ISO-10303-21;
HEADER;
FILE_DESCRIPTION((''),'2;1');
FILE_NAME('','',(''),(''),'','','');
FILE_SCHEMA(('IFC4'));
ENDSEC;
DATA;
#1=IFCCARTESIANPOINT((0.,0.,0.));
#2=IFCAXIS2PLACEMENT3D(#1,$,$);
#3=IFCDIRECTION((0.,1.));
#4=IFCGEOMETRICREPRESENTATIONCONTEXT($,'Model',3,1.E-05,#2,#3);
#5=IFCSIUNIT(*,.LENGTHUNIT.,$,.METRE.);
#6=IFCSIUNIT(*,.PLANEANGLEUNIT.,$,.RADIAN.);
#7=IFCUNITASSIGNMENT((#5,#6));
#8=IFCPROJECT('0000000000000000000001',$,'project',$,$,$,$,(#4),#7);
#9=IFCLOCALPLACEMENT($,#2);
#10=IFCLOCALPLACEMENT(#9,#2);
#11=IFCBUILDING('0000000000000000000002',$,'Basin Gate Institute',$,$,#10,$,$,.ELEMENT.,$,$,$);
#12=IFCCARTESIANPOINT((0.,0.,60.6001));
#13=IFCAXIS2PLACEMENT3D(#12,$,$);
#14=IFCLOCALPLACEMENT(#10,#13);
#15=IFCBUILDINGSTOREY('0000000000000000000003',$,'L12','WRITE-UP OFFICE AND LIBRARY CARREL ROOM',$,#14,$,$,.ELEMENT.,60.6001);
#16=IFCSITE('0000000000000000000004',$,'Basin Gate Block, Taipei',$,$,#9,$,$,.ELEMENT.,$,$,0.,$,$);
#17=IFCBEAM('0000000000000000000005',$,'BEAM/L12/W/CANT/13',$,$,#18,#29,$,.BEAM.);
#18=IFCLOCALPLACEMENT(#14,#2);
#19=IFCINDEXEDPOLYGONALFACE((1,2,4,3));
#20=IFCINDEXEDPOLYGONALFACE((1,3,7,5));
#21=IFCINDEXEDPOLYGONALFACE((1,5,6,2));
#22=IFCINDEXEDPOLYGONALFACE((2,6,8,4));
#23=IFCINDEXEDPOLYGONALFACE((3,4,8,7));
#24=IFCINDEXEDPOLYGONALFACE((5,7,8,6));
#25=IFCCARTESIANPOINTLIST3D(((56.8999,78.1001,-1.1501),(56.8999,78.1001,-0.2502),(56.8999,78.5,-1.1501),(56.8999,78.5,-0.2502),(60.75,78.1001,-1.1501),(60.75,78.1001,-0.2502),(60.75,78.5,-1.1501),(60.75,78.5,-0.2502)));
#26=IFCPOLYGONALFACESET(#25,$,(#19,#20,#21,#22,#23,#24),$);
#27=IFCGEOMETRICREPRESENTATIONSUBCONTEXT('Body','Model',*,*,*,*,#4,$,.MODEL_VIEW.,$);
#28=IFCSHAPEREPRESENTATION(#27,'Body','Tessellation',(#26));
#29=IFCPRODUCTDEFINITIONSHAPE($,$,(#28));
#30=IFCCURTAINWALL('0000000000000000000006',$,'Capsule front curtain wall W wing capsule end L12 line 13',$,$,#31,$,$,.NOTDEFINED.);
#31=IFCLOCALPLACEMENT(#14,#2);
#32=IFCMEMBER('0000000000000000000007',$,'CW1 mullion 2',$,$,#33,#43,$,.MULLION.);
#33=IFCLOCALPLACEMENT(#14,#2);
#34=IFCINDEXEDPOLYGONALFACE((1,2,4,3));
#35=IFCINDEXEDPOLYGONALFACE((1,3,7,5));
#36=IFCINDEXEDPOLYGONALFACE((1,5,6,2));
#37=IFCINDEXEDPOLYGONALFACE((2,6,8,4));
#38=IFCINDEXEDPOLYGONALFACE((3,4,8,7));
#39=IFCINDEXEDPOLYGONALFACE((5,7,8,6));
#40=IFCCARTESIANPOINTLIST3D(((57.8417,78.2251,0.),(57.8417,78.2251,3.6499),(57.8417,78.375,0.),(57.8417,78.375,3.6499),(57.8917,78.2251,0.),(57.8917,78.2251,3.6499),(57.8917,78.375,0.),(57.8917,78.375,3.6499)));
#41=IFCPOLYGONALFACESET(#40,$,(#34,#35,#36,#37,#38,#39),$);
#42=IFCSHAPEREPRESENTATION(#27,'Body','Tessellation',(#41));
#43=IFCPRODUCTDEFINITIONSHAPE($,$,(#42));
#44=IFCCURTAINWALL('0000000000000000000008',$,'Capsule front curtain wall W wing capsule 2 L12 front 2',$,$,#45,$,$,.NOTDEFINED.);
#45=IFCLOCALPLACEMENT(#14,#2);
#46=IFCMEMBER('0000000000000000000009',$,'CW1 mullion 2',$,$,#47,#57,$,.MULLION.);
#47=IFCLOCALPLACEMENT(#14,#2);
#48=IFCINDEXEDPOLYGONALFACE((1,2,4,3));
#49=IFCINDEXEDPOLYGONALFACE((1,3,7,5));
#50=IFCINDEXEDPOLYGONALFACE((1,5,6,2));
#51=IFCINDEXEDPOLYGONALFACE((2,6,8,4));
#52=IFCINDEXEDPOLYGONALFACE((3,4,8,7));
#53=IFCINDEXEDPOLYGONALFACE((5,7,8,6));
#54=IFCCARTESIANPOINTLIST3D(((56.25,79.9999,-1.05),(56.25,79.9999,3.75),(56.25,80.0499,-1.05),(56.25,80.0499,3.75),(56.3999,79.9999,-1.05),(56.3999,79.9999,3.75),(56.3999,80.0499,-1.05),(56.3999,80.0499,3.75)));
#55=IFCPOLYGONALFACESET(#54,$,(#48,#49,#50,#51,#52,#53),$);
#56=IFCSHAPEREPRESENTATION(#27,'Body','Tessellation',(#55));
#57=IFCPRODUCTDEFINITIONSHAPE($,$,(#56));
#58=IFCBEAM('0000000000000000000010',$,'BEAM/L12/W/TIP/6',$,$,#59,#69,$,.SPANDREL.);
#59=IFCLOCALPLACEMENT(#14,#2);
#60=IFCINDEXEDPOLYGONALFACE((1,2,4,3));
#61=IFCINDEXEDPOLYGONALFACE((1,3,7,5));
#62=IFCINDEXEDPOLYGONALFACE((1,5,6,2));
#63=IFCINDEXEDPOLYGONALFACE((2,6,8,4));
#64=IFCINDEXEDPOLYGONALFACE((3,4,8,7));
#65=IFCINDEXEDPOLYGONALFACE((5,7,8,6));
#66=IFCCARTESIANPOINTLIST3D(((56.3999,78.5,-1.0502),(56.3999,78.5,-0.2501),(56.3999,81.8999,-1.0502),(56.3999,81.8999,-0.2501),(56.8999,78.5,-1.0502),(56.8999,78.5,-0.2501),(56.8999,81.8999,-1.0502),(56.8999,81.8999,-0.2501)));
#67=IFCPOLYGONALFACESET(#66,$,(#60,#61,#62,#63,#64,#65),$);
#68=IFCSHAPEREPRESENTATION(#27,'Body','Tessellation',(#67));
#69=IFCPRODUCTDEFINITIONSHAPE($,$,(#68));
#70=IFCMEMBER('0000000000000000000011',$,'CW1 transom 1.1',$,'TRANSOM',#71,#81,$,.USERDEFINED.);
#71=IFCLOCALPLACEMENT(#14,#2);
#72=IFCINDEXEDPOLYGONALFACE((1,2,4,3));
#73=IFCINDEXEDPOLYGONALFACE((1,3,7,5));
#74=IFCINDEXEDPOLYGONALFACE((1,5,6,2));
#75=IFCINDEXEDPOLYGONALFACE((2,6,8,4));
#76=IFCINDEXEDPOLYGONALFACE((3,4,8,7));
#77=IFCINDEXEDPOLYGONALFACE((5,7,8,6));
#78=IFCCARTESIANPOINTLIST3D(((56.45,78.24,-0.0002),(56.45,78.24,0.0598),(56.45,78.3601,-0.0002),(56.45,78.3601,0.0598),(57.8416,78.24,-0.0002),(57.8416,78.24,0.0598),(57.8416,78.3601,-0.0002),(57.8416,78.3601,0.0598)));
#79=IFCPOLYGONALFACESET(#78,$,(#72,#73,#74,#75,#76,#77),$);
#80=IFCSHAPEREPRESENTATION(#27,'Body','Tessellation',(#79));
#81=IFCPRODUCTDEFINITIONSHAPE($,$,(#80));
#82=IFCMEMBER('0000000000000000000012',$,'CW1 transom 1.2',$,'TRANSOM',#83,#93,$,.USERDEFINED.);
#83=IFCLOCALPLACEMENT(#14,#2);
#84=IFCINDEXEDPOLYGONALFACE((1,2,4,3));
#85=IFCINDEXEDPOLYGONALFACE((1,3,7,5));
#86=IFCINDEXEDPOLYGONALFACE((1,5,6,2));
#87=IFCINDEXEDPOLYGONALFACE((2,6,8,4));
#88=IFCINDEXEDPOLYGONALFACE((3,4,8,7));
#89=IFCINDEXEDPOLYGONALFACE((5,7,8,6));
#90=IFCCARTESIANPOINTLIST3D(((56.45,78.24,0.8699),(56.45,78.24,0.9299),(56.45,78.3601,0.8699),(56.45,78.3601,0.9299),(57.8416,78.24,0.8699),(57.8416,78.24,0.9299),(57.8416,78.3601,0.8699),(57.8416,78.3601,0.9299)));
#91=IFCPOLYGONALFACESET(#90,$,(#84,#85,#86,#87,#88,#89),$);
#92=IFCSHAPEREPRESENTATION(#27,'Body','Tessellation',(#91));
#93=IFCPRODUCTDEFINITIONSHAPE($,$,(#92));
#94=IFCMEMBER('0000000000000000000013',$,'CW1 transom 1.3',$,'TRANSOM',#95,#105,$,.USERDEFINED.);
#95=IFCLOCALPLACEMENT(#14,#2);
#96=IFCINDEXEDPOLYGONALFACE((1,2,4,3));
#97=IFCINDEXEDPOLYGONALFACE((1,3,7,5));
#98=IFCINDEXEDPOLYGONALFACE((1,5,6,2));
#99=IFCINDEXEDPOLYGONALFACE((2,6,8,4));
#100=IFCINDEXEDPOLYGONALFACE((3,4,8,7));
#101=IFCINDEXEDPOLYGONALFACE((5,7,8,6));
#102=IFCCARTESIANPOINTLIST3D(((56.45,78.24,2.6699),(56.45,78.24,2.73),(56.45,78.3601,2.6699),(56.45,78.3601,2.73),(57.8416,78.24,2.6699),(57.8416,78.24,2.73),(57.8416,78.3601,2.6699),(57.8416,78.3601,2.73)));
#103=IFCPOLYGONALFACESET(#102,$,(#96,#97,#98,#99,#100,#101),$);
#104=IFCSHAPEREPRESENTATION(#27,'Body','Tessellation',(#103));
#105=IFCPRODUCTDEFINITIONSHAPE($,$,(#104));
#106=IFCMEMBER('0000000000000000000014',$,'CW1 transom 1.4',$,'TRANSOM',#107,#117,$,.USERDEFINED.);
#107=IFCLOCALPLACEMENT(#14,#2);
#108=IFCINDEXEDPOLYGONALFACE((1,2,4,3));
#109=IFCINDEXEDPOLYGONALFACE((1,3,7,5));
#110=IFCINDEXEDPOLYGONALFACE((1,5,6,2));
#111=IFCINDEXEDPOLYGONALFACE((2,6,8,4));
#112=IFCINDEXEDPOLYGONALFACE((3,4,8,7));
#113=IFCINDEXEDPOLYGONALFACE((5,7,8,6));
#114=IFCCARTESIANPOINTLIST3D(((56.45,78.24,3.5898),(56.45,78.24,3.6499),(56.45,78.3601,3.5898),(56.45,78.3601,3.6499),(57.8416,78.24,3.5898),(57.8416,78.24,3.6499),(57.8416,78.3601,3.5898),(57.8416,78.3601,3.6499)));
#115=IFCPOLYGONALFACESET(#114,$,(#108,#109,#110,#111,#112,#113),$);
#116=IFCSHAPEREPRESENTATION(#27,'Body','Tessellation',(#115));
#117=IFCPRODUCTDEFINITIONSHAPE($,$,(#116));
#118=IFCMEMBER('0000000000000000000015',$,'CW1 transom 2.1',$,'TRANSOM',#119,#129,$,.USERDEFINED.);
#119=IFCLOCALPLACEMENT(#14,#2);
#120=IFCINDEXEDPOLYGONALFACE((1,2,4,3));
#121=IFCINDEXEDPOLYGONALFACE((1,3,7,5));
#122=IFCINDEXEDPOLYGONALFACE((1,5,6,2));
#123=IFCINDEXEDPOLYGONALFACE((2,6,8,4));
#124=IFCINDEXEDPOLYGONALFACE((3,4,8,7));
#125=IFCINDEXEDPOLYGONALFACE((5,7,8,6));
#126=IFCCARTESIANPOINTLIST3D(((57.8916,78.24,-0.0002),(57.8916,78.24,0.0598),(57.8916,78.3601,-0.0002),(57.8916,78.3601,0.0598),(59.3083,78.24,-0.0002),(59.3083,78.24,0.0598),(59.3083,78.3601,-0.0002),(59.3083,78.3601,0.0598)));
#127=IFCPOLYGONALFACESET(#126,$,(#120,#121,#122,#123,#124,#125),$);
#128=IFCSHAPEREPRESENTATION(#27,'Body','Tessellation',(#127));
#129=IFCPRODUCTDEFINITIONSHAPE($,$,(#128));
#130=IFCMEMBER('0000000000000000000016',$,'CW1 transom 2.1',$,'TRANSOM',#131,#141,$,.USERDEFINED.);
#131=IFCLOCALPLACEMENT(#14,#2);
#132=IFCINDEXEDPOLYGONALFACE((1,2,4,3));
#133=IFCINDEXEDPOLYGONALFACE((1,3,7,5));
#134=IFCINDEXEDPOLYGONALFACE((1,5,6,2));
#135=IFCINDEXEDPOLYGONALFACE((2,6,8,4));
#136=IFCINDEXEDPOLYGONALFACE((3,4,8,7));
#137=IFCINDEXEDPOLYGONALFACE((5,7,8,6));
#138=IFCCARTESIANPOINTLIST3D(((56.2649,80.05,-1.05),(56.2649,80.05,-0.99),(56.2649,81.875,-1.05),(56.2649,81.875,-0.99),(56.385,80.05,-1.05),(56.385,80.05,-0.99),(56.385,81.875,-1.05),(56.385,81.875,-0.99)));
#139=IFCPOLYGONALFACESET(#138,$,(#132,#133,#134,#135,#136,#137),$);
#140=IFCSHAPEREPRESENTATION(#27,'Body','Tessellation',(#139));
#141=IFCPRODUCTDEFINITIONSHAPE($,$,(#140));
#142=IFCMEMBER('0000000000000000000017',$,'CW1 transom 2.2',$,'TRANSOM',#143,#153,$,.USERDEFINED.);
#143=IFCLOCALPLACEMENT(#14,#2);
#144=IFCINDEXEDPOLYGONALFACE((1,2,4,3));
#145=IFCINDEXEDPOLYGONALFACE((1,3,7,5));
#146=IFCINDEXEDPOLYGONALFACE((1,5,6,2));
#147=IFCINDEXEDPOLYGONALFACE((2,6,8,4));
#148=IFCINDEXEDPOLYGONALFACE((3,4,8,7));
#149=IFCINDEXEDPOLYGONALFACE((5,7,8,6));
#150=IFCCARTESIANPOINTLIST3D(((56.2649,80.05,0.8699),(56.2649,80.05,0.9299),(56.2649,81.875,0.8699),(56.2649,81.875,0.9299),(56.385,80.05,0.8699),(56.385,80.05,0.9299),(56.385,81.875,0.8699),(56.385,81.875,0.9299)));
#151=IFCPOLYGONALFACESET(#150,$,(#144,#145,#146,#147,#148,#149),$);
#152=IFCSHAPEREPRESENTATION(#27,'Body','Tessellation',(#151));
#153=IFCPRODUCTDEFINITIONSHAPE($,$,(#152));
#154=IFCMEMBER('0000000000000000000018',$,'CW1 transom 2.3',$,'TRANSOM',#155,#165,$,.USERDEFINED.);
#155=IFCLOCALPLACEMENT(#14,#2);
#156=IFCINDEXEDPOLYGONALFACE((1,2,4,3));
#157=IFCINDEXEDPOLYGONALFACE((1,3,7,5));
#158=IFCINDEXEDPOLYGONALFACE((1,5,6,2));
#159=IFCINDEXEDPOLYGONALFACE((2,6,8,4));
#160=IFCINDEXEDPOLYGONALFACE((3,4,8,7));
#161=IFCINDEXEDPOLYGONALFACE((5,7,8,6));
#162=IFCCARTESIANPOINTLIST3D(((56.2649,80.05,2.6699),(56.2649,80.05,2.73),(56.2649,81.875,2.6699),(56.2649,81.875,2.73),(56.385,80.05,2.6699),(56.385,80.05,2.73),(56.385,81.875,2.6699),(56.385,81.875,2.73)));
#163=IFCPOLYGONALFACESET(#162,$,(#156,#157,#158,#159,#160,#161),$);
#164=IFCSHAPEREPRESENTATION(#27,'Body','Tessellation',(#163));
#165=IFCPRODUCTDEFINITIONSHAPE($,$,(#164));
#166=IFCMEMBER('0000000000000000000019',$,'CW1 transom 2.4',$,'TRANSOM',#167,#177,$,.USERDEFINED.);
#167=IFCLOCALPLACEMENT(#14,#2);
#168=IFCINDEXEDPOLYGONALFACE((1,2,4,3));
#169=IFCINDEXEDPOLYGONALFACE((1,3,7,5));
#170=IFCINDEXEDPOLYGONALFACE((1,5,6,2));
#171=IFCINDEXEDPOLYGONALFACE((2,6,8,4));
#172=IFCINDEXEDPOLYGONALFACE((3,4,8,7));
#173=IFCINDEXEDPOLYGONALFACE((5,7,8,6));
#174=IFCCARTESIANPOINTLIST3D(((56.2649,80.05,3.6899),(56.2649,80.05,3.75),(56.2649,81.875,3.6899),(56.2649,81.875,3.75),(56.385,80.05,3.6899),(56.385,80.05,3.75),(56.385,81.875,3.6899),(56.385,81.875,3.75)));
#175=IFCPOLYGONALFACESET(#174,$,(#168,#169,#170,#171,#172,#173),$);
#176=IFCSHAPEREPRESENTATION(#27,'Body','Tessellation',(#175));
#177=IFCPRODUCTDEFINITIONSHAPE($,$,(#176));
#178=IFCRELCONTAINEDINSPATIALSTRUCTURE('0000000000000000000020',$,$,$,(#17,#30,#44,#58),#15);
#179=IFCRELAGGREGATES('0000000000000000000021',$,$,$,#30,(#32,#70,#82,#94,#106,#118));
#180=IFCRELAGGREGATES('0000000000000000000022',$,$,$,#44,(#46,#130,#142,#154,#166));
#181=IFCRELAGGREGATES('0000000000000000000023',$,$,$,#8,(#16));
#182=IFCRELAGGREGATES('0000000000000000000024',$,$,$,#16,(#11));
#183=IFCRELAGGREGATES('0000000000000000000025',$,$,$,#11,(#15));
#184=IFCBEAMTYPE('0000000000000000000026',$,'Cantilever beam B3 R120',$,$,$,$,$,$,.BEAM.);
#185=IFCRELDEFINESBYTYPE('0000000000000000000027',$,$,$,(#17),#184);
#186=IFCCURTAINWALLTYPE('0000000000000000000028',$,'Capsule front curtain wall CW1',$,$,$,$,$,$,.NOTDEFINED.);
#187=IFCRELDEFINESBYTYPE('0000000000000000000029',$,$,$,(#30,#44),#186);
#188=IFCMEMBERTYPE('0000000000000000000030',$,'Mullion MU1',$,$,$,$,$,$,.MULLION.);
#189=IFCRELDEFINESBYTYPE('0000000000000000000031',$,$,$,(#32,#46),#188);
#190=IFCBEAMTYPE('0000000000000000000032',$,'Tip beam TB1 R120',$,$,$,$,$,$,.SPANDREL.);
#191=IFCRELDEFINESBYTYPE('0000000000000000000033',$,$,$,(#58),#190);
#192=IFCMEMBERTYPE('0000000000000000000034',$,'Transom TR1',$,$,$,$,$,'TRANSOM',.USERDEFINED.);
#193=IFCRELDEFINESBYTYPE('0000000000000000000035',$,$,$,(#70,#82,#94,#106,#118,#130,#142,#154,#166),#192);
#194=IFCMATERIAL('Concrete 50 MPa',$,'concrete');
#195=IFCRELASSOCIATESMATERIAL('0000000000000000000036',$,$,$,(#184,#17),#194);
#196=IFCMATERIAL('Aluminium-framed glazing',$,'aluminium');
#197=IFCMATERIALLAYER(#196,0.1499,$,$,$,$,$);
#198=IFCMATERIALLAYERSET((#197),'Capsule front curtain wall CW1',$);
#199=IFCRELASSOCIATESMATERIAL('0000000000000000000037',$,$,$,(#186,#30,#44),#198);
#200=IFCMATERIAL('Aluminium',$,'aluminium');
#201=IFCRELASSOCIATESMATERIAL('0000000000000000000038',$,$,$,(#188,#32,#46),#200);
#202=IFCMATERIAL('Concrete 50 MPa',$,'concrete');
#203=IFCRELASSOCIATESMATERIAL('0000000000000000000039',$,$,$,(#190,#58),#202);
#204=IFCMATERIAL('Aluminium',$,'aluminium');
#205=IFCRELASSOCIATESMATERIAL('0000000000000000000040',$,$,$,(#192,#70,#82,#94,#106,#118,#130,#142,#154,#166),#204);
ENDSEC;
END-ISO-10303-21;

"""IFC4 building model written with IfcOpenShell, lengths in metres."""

from ifc_helpers import new_model, si_unit, direction, frame, origin, origin_2d, place, context, subcontext, project, spatial, rectangle, extrude, material, layer, layer_set, material_profile, profile_set, type_object, element, aggregate, save


model = new_model("IFC4")

# Units and contexts
model_context = context("Model", 3, precision=1e-05, world=origin(), true_north=direction((0.0, 1.0)))
body_context = subcontext(model_context, "Body", "Model", "MODEL_VIEW")
ifc_project = project(units=[si_unit("LENGTHUNIT", "METRE"), si_unit("PLANEANGLEUNIT", "RADIAN")], contexts=[model_context])

# Site, building, storey
site_placement = place(None, origin())
site = spatial("IfcSite", under=ifc_project, at=site_placement, Name="Basin Gate Block, Taipei", CompositionType="ELEMENT", RefElevation=0.0)
building_placement = place(site_placement, origin())
building = spatial("IfcBuilding", under=site, at=building_placement, Name="Basin Gate Institute", CompositionType="ELEMENT")
storey_placement = place(building_placement, frame((0.0, 0.0, 60.6001)))
storey = spatial("IfcBuildingStorey", under=building, at=storey_placement, Name="L12", Description="WRITE-UP OFFICE AND LIBRARY CARREL ROOM", CompositionType="ELEMENT", Elevation=60.6001)

# Beam
ifc_material_1 = material(Name="Concrete 50 MPa", Category="concrete")
ifc_material_profile_1 = material_profile(ifc_material_1, rectangle(XDim=0.3999, YDim=0.8999, at=origin_2d()), Name="Cantilever beam B3 400 x 900")
ifc_profile_set_1 = profile_set([ifc_material_profile_1], Name="Concrete 50 MPa")
beam_type_1 = type_object("IfcBeamType", Name="Cantilever beam B3 R120", PredefinedType="BEAM", material=ifc_profile_set_1)
beam_1_placement = place(storey_placement, frame((56.8999, 78.3, -0.7002), z_axis=(1.0, 0.0, 0.0), x_axis=(0.0, 1.0, 0.0)))
element("IfcBeam", 1, at=beam_1_placement, inside=storey, type_object=beam_type_1, material=ifc_profile_set_1, Name="BEAM/L12/W/CANT/13", PredefinedType="BEAM", context=body_context, shape_type="SweptSolid", body=[
    extrude(rectangle(XDim=0.3999, YDim=0.8999, at=origin_2d()), origin(), (0.0, 0.0, 1.0), 3.8501),
])

# Curtain walls, members
ifc_material_2 = material(Name="Aluminium-framed glazing", Category="aluminium")
ifc_layer_1 = layer(ifc_material_2, 0.1499)
ifc_layer_set_1 = layer_set([ifc_layer_1], Name="Capsule front curtain wall CW1")
curtain_wall_type = type_object("IfcCurtainWallType", Name="Capsule front curtain wall CW1", PredefinedType="NOTDEFINED", material=ifc_layer_set_1)
curtain_wall_1_placement = place(storey_placement, origin())
curtain_wall_1 = element("IfcCurtainWall", 2, at=curtain_wall_1_placement, inside=storey, type_object=curtain_wall_type, material=ifc_layer_set_1, Name="Capsule front curtain wall W wing capsule end L12 line 13", PredefinedType="NOTDEFINED")
ifc_material_3 = material(Name="Aluminium", Category="aluminium")
ifc_material_profile_2 = material_profile(ifc_material_3, rectangle(XDim=0.1499, YDim=0.05, at=origin_2d()), Name="Mullion MU1 150 x 50")
ifc_profile_set_2 = profile_set([ifc_material_profile_2], Name="Aluminium")
member_type_1 = type_object("IfcMemberType", Name="Mullion MU1", PredefinedType="MULLION", material=ifc_profile_set_2)
member_1_placement = place(storey_placement, frame((57.8667, 78.3, 0.0), z_axis=(0.0, 0.0, 1.0), x_axis=(0.0, 1.0, 0.0)))
member_1 = element("IfcMember", 3, at=member_1_placement, type_object=member_type_1, material=ifc_profile_set_2, Name="CW1 mullion 2", PredefinedType="MULLION", context=body_context, shape_type="SweptSolid", body=[
    extrude(rectangle(XDim=0.1499, YDim=0.05, at=origin_2d()), origin(), (0.0, 0.0, 1.0), 3.6499),
])
curtain_wall_2_placement = place(storey_placement, origin())
curtain_wall_2 = element("IfcCurtainWall", 4, at=curtain_wall_2_placement, inside=storey, type_object=curtain_wall_type, material=ifc_layer_set_1, Name="Capsule front curtain wall W wing capsule 2 L12 front 2", PredefinedType="NOTDEFINED")
member_2_placement = place(storey_placement, frame((56.325, 80.0249, -1.05), z_axis=(0.0, 0.0, 1.0), x_axis=(-1.0, 0.0, 0.0)))
member_2 = element("IfcMember", 5, at=member_2_placement, type_object=member_type_1, material=ifc_profile_set_2, Name="CW1 mullion 2", PredefinedType="MULLION", context=body_context, shape_type="SweptSolid", body=[
    extrude(rectangle(XDim=0.1499, YDim=0.05, at=origin_2d()), origin(), (0.0, 0.0, 1.0), 4.8),
])

# Beam
ifc_material_4 = material(Name="Concrete 50 MPa", Category="concrete")
ifc_material_profile_3 = material_profile(ifc_material_4, rectangle(XDim=0.5, YDim=0.8, at=origin_2d()), Name="Tip beam TB1 500 x 800")
ifc_profile_set_3 = profile_set([ifc_material_profile_3], Name="Concrete 50 MPa")
beam_type_2 = type_object("IfcBeamType", Name="Tip beam TB1 R120", PredefinedType="SPANDREL", material=ifc_profile_set_3)
beam_2_placement = place(storey_placement, frame((56.6499, 78.5, -0.6501), z_axis=(0.0, 1.0, 0.0), x_axis=(-1.0, 0.0, 0.0)))
element("IfcBeam", 6, at=beam_2_placement, inside=storey, type_object=beam_type_2, material=ifc_profile_set_3, Name="BEAM/L12/W/TIP/6", PredefinedType="SPANDREL", context=body_context, shape_type="SweptSolid", body=[
    extrude(rectangle(XDim=0.5, YDim=0.8, at=origin_2d()), origin(), (0.0, 0.0, 1.0), 3.3999),
])

# Members
ifc_material_5 = material(Name="Aluminium", Category="aluminium")
ifc_material_profile_4 = material_profile(ifc_material_5, rectangle(XDim=0.1201, YDim=0.0601, at=origin_2d()), Name="Transom TR1 120 x 60")
ifc_profile_set_4 = profile_set([ifc_material_profile_4], Name="Aluminium")
member_type_2 = type_object("IfcMemberType", Name="Transom TR1", ElementType="TRANSOM", PredefinedType="USERDEFINED", material=ifc_profile_set_4)
member_3_placement = place(storey_placement, frame((56.45, 78.3, 0.0298), z_axis=(1.0, 0.0, 0.0), x_axis=(0.0, 1.0, 0.0)))
member_3 = element("IfcMember", 7, at=member_3_placement, type_object=member_type_2, material=ifc_profile_set_4, Name="CW1 transom 1.1", ObjectType="TRANSOM", PredefinedType="USERDEFINED", context=body_context, shape_type="SweptSolid", body=[
    extrude(rectangle(XDim=0.1201, YDim=0.0601, at=origin_2d()), origin(), (0.0, 0.0, 1.0), 1.3916),
])
member_4_placement = place(storey_placement, frame((56.45, 78.3, 0.8999), z_axis=(1.0, 0.0, 0.0), x_axis=(0.0, 1.0, 0.0)))
member_4 = element("IfcMember", 8, at=member_4_placement, type_object=member_type_2, material=ifc_profile_set_4, Name="CW1 transom 1.2", ObjectType="TRANSOM", PredefinedType="USERDEFINED", context=body_context, shape_type="SweptSolid", body=[
    extrude(rectangle(XDim=0.1201, YDim=0.0601, at=origin_2d()), origin(), (0.0, 0.0, 1.0), 1.3916),
])
member_5_placement = place(storey_placement, frame((56.45, 78.3, 2.7), z_axis=(1.0, 0.0, 0.0), x_axis=(0.0, 1.0, 0.0)))
member_5 = element("IfcMember", 9, at=member_5_placement, type_object=member_type_2, material=ifc_profile_set_4, Name="CW1 transom 1.3", ObjectType="TRANSOM", PredefinedType="USERDEFINED", context=body_context, shape_type="SweptSolid", body=[
    extrude(rectangle(XDim=0.1201, YDim=0.0601, at=origin_2d()), origin(), (0.0, 0.0, 1.0), 1.3916),
])
member_6_placement = place(storey_placement, frame((56.45, 78.3, 3.6199), z_axis=(1.0, 0.0, 0.0), x_axis=(0.0, 1.0, 0.0)))
member_6 = element("IfcMember", 10, at=member_6_placement, type_object=member_type_2, material=ifc_profile_set_4, Name="CW1 transom 1.4", ObjectType="TRANSOM", PredefinedType="USERDEFINED", context=body_context, shape_type="SweptSolid", body=[
    extrude(rectangle(XDim=0.1201, YDim=0.0601, at=origin_2d()), origin(), (0.0, 0.0, 1.0), 1.3916),
])
member_7_placement = place(storey_placement, frame((57.8916, 78.3, 0.0298), z_axis=(1.0, 0.0, 0.0), x_axis=(0.0, 1.0, 0.0)))
member_7 = element("IfcMember", 11, at=member_7_placement, type_object=member_type_2, material=ifc_profile_set_4, Name="CW1 transom 2.1", ObjectType="TRANSOM", PredefinedType="USERDEFINED", context=body_context, shape_type="SweptSolid", body=[
    extrude(rectangle(XDim=0.1201, YDim=0.0601, at=origin_2d()), origin(), (0.0, 0.0, 1.0), 1.4167),
])
member_8_placement = place(storey_placement, frame((56.325, 80.05, -1.02), z_axis=(0.0, 1.0, 0.0), x_axis=(-1.0, 0.0, 0.0)))
member_8 = element("IfcMember", 12, at=member_8_placement, type_object=member_type_2, material=ifc_profile_set_4, Name="CW1 transom 2.1", ObjectType="TRANSOM", PredefinedType="USERDEFINED", context=body_context, shape_type="SweptSolid", body=[
    extrude(rectangle(XDim=0.1201, YDim=0.0601, at=origin_2d()), origin(), (0.0, 0.0, 1.0), 1.825),
])
member_9_placement = place(storey_placement, frame((56.325, 80.05, 0.8999), z_axis=(0.0, 1.0, 0.0), x_axis=(-1.0, 0.0, 0.0)))
member_9 = element("IfcMember", 13, at=member_9_placement, type_object=member_type_2, material=ifc_profile_set_4, Name="CW1 transom 2.2", ObjectType="TRANSOM", PredefinedType="USERDEFINED", context=body_context, shape_type="SweptSolid", body=[
    extrude(rectangle(XDim=0.1201, YDim=0.0601, at=origin_2d()), origin(), (0.0, 0.0, 1.0), 1.825),
])
member_10_placement = place(storey_placement, frame((56.325, 80.05, 2.7), z_axis=(0.0, 1.0, 0.0), x_axis=(-1.0, 0.0, 0.0)))
member_10 = element("IfcMember", 14, at=member_10_placement, type_object=member_type_2, material=ifc_profile_set_4, Name="CW1 transom 2.3", ObjectType="TRANSOM", PredefinedType="USERDEFINED", context=body_context, shape_type="SweptSolid", body=[
    extrude(rectangle(XDim=0.1201, YDim=0.0601, at=origin_2d()), origin(), (0.0, 0.0, 1.0), 1.825),
])
member_11_placement = place(storey_placement, frame((56.325, 80.05, 3.72), z_axis=(0.0, 1.0, 0.0), x_axis=(-1.0, 0.0, 0.0)))
member_11 = element("IfcMember", 15, at=member_11_placement, type_object=member_type_2, material=ifc_profile_set_4, Name="CW1 transom 2.4", ObjectType="TRANSOM", PredefinedType="USERDEFINED", context=body_context, shape_type="SweptSolid", body=[
    extrude(rectangle(XDim=0.1201, YDim=0.0601, at=origin_2d()), origin(), (0.0, 0.0, 1.0), 1.825),
])

aggregate(curtain_wall_1, [member_1, member_3, member_4, member_5, member_6, member_7])
aggregate(curtain_wall_2, [member_2, member_8, member_9, member_10, member_11])

save(model, "model.ifc")
